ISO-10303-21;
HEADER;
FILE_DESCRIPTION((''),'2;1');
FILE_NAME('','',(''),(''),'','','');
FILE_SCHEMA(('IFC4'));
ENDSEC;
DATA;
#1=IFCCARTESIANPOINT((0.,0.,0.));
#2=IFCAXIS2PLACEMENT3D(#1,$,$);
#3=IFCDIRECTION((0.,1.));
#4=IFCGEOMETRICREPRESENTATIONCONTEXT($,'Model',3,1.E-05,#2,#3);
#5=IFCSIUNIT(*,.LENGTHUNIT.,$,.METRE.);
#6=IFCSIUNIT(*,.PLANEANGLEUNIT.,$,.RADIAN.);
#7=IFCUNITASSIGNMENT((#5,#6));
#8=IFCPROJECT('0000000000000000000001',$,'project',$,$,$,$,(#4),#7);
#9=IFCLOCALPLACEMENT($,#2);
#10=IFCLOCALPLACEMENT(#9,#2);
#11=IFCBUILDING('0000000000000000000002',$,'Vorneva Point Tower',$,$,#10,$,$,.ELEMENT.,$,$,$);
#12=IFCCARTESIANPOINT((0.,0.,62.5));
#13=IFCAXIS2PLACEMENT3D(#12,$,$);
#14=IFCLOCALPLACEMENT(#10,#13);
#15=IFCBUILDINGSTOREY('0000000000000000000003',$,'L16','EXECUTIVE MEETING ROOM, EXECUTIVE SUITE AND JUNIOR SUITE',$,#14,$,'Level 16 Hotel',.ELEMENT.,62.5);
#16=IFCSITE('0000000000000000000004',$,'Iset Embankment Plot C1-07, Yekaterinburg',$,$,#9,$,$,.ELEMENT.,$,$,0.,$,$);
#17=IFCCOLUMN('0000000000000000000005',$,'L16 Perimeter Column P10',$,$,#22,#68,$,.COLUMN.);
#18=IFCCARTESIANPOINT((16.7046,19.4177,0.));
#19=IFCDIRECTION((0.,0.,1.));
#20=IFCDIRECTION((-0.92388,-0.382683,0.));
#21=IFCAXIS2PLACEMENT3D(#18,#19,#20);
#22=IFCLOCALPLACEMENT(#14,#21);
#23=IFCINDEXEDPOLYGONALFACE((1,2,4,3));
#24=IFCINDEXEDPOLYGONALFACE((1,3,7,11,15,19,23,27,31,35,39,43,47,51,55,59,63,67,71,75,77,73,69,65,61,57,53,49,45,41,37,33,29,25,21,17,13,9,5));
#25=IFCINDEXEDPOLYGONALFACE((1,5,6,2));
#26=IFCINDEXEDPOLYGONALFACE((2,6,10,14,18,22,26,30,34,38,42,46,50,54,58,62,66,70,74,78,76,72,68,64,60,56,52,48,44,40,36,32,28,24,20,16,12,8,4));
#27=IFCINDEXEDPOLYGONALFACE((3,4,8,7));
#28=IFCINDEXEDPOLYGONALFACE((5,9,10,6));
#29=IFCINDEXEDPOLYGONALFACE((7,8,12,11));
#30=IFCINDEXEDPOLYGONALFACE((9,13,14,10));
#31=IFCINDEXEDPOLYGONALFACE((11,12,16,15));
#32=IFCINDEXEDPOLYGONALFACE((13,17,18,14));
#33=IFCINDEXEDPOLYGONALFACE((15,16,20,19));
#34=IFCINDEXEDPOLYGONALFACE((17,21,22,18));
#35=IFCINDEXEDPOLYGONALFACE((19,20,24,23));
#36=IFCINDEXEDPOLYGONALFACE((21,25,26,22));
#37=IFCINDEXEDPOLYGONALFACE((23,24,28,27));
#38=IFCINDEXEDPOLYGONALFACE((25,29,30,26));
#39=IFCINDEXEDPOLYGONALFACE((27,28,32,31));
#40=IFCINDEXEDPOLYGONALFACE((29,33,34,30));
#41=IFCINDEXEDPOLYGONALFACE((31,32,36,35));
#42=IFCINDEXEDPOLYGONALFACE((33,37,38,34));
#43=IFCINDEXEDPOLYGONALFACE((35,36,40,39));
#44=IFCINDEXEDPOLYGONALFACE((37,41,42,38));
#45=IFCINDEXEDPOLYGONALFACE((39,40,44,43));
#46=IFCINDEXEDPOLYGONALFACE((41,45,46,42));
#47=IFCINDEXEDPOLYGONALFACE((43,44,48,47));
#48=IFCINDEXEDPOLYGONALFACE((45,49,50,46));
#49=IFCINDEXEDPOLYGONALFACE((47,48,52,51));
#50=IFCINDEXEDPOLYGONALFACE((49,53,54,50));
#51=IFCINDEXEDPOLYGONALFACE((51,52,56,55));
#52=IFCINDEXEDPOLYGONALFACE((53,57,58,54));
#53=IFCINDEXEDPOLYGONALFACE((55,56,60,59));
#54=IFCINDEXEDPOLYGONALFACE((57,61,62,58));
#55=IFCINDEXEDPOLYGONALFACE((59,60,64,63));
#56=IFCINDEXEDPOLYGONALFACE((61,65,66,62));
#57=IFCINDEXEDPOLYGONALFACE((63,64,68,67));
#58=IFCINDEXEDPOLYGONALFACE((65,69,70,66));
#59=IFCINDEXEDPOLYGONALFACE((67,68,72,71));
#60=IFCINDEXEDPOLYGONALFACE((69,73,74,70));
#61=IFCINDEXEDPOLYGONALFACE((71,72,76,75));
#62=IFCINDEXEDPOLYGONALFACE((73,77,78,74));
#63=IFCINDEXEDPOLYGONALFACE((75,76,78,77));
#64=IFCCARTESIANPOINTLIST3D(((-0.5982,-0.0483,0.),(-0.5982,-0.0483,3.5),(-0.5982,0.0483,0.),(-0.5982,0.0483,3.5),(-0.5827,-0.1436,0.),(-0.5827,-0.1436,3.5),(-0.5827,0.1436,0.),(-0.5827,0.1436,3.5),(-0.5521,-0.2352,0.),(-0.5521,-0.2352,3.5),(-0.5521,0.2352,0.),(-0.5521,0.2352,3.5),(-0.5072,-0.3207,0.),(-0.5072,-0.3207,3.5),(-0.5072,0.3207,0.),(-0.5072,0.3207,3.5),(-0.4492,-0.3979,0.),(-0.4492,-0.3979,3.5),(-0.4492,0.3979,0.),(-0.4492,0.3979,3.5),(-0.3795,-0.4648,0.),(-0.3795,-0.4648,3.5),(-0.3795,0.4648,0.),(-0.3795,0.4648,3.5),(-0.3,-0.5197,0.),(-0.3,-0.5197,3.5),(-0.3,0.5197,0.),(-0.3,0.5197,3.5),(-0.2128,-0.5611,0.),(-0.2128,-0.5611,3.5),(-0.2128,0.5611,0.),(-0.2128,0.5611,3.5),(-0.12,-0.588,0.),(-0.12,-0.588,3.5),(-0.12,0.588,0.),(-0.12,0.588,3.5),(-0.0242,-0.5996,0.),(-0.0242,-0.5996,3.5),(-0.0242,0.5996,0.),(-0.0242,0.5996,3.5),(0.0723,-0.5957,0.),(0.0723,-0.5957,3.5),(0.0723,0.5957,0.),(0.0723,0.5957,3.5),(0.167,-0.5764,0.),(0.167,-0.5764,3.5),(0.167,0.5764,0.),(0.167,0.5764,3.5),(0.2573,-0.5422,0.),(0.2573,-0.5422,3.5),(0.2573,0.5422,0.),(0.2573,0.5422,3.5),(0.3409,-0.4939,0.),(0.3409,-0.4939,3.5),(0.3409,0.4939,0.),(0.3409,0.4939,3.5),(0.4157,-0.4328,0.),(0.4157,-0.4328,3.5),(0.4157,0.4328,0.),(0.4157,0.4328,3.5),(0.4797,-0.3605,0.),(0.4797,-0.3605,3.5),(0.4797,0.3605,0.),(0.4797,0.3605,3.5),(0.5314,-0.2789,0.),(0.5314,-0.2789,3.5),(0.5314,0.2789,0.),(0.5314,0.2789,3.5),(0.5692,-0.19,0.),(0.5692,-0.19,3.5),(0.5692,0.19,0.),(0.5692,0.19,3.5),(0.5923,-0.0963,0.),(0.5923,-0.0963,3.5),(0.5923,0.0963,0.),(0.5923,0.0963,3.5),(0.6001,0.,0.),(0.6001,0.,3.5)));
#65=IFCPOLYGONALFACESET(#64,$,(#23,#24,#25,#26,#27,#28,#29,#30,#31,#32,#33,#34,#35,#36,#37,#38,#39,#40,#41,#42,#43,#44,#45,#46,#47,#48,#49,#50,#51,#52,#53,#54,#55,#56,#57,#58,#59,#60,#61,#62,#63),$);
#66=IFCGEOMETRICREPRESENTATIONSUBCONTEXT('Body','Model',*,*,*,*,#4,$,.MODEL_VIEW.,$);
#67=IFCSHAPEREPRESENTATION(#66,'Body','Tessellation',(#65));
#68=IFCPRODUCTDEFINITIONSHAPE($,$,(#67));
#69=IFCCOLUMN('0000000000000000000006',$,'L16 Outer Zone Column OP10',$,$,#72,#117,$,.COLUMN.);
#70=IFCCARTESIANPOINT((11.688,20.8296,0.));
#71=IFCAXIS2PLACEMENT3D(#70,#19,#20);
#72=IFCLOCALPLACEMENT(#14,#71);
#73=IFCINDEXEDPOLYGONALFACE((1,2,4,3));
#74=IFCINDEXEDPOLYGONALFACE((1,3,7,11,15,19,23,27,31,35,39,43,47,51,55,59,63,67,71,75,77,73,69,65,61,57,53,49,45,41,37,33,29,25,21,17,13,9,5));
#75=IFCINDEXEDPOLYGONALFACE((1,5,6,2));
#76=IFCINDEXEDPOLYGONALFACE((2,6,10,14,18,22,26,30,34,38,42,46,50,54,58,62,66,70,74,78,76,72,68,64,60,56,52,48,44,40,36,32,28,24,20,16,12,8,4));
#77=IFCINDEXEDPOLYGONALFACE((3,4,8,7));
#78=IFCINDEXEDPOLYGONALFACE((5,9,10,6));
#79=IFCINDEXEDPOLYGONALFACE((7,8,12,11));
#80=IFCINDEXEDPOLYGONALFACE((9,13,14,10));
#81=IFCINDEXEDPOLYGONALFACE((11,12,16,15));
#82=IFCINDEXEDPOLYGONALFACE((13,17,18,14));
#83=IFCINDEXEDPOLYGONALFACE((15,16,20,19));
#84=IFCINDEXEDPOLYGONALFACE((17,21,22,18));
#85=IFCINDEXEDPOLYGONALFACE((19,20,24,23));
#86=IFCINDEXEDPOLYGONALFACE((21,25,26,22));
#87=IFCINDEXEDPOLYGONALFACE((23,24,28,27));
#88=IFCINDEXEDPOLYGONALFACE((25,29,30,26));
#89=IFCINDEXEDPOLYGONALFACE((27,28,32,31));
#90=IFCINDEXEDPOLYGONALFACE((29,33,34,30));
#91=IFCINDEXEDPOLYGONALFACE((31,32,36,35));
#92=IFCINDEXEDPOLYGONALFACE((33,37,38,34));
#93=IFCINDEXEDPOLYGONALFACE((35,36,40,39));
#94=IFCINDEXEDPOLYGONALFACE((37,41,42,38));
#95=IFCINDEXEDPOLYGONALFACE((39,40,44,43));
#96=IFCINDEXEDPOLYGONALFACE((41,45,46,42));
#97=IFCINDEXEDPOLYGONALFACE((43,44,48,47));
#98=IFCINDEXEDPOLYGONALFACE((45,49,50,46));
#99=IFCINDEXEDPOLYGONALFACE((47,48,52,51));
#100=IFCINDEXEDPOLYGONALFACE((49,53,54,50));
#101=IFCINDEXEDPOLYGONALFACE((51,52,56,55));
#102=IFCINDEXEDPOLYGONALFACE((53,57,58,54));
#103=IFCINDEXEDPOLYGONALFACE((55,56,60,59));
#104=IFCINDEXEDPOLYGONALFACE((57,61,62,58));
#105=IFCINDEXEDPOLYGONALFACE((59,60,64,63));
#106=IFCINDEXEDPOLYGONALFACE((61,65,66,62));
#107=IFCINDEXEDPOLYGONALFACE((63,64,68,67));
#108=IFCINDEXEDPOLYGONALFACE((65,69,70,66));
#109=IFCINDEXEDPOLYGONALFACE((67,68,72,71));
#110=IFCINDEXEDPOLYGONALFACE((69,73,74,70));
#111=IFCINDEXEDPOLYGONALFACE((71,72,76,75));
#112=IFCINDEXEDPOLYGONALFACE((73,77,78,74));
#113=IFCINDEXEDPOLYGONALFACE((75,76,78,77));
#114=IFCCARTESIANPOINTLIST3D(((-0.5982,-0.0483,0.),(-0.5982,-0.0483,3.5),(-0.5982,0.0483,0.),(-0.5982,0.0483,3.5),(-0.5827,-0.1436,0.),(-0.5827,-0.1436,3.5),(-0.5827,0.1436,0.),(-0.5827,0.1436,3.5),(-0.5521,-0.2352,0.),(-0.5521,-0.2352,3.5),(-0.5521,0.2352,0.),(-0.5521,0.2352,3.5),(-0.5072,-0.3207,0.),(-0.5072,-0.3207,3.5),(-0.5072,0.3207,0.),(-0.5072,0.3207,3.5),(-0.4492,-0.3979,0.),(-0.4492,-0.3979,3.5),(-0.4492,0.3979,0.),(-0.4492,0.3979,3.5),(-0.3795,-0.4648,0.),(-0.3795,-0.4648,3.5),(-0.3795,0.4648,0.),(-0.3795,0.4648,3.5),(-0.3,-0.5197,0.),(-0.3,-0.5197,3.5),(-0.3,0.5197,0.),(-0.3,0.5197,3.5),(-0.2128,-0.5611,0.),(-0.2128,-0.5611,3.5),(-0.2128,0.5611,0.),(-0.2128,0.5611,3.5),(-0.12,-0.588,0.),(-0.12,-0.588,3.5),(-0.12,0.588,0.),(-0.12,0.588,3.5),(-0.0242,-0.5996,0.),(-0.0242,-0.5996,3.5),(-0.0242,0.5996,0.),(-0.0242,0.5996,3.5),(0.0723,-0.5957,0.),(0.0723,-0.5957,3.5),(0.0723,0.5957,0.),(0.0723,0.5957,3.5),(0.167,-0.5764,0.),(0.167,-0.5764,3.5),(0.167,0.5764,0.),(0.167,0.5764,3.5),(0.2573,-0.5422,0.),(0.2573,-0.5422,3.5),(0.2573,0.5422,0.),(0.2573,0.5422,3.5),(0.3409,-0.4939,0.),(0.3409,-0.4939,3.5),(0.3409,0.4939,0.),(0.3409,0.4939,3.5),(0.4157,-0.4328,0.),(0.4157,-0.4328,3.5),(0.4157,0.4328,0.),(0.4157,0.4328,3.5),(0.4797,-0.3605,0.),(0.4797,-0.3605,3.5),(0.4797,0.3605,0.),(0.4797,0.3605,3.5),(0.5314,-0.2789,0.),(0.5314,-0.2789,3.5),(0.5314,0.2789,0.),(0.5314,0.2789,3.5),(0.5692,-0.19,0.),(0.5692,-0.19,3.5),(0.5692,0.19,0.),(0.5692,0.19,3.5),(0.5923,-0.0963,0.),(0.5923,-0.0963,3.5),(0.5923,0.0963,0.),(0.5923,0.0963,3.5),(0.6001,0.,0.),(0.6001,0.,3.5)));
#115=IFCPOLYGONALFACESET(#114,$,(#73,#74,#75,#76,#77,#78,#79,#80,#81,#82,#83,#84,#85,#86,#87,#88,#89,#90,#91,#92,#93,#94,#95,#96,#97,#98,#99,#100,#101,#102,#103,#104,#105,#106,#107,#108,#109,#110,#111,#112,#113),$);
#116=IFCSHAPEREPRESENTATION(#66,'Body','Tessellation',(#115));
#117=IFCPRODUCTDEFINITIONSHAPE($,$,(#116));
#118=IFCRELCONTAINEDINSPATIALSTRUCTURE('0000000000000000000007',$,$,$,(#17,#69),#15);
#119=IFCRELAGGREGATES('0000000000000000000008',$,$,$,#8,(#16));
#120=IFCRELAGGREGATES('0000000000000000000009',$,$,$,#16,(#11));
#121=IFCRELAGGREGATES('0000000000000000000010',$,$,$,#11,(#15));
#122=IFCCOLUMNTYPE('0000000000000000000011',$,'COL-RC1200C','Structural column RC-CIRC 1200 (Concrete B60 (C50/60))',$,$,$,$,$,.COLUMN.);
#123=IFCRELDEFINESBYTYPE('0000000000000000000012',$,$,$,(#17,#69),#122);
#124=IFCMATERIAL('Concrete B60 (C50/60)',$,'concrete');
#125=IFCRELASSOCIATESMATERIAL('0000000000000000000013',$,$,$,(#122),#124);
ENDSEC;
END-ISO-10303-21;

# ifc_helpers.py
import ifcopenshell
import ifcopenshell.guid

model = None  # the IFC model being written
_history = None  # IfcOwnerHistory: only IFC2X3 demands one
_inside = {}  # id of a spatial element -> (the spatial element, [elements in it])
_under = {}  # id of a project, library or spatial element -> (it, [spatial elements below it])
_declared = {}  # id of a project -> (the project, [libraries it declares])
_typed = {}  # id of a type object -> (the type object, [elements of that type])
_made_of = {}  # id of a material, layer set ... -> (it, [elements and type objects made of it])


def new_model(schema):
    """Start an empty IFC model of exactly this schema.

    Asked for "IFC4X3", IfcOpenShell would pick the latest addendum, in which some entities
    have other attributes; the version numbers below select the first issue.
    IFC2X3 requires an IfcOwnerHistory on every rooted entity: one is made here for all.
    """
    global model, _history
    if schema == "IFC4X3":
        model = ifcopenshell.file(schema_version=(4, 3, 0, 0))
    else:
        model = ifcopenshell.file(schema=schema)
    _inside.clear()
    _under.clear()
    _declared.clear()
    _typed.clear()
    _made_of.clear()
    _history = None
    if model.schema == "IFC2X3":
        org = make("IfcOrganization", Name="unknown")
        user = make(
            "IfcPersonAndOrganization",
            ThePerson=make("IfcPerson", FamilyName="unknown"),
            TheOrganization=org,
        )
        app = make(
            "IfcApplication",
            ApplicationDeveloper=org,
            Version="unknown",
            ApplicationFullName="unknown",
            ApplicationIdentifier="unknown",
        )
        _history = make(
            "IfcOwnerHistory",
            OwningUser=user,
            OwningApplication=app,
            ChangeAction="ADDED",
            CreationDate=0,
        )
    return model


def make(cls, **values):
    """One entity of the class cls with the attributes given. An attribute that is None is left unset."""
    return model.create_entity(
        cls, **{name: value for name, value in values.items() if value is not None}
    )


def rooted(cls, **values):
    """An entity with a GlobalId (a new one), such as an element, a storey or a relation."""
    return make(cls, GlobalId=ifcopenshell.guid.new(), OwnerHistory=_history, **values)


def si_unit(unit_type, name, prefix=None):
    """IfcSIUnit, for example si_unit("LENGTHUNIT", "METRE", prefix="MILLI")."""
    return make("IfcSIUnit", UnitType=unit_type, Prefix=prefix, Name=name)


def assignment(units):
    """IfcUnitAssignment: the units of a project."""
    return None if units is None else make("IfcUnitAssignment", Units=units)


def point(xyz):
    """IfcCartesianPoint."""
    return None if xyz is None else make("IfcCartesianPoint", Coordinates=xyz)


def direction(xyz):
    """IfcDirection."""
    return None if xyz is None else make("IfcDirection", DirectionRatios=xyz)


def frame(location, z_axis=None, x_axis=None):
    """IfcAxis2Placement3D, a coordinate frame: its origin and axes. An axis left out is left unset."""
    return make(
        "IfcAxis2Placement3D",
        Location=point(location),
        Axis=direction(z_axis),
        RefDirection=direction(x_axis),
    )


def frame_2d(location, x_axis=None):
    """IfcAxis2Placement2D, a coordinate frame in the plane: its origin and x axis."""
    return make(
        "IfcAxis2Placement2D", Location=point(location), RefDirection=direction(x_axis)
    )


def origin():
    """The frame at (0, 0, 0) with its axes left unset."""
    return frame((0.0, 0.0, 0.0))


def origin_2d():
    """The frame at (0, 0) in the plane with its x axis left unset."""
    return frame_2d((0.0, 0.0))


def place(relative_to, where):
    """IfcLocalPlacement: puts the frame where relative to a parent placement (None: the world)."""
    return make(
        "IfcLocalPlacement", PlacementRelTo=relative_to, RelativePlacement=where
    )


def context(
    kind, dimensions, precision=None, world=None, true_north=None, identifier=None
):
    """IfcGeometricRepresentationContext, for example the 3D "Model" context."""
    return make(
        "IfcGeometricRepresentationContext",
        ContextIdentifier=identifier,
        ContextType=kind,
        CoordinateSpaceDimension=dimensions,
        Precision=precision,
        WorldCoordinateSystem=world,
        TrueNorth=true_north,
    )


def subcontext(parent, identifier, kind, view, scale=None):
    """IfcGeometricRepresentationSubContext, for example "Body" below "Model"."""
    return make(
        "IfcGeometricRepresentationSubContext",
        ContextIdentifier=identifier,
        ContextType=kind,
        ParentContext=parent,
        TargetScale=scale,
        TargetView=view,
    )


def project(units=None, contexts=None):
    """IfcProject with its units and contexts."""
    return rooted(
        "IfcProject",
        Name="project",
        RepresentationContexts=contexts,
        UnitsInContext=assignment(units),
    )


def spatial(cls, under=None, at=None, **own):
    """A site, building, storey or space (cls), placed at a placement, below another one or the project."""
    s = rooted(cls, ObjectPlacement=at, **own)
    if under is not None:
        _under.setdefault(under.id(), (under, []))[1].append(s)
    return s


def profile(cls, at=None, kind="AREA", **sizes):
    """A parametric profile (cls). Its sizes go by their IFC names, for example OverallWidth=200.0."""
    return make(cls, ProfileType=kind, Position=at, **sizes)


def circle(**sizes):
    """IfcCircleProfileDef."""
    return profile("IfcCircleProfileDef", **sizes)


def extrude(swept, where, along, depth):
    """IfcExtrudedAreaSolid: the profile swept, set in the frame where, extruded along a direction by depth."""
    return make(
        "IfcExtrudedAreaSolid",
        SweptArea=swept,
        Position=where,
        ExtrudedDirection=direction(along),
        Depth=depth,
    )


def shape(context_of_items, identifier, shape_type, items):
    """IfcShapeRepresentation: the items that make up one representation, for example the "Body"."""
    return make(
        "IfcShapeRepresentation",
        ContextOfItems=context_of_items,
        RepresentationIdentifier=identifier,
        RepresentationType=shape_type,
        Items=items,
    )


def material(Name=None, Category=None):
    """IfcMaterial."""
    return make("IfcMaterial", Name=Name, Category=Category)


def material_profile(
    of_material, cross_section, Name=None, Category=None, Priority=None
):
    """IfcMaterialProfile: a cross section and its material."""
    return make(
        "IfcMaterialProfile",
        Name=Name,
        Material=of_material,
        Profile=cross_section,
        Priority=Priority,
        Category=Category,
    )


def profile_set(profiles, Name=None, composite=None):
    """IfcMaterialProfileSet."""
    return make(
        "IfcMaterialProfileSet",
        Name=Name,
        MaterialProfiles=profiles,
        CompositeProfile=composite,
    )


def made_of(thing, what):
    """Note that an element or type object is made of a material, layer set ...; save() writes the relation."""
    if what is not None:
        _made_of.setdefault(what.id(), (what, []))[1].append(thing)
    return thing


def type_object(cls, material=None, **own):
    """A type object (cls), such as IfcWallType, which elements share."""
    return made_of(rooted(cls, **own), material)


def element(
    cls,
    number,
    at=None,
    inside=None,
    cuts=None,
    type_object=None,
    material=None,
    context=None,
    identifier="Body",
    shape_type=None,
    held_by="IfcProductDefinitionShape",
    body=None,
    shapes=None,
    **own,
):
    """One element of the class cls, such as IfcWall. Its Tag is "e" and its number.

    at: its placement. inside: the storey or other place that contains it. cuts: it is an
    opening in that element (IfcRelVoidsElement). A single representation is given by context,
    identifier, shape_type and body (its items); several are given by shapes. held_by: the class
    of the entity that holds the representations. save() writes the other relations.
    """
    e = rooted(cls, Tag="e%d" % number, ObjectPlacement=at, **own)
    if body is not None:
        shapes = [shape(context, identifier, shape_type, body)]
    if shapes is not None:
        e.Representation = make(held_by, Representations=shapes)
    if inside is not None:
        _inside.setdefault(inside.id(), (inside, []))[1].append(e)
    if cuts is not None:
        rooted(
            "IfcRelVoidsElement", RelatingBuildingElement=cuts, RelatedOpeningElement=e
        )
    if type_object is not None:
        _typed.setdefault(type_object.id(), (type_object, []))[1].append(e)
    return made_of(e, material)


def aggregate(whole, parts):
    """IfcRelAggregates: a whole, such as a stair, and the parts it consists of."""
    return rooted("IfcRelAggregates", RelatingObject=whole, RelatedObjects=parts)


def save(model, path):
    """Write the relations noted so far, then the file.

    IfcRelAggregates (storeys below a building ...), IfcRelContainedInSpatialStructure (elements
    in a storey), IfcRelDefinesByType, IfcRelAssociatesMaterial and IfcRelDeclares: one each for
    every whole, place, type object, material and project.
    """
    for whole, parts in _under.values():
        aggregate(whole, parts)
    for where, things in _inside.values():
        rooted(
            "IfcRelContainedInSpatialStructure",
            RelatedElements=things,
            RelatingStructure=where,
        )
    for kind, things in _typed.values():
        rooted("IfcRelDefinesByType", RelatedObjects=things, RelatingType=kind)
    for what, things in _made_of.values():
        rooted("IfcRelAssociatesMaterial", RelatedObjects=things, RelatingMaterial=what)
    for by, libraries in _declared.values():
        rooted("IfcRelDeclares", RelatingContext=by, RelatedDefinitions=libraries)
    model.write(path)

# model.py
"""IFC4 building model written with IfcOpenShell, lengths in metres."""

from ifc_helpers import new_model, si_unit, direction, frame, origin, origin_2d, place, context, subcontext, project, spatial, circle, extrude, material, material_profile, profile_set, type_object, element, save


model = new_model("IFC4")

# Units and contexts
model_context = context("Model", 3, precision=1e-05, world=origin(), true_north=direction((0.0, 1.0)))
body_context = subcontext(model_context, "Body", "Model", "MODEL_VIEW")
ifc_project = project(units=[si_unit("LENGTHUNIT", "METRE"), si_unit("PLANEANGLEUNIT", "RADIAN")], contexts=[model_context])

# Site, building, storey
site_placement = place(None, origin())
site = spatial("IfcSite", under=ifc_project, at=site_placement, Name="Iset Embankment Plot C1-07, Yekaterinburg", CompositionType="ELEMENT", RefElevation=0.0)
building_placement = place(site_placement, origin())
building = spatial("IfcBuilding", under=site, at=building_placement, Name="Vorneva Point Tower", CompositionType="ELEMENT")
storey_placement = place(building_placement, frame((0.0, 0.0, 62.5)))
storey = spatial("IfcBuildingStorey", under=building, at=storey_placement, Name="L16", Description="EXECUTIVE MEETING ROOM, EXECUTIVE SUITE AND JUNIOR SUITE", LongName="Level 16 Hotel", CompositionType="ELEMENT", Elevation=62.5)

# Columns
ifc_material_1 = material(Name="Concrete B60 (C50/60)", Category="concrete")
ifc_material_profile_1 = material_profile(ifc_material_1, circle(Radius=0.6001, at=origin_2d()), Name="RC-CIRC 1200")
ifc_profile_set_1 = profile_set([ifc_material_profile_1], Name="Concrete B60 (C50/60)")
column_type = type_object("IfcColumnType", Name="COL-RC1200C", Description="Structural column RC-CIRC 1200 (Concrete B60 (C50/60))", PredefinedType="COLUMN", material=ifc_profile_set_1)
for number, where, z_axis, x_axis, name in (
    (1, (16.7046, 19.4177, 0.0), (0.0, 0.0, 1.0), (-0.92388, -0.382683, 0.0), "L16 Perimeter Column P10"),
    (2, (11.688, 20.8296, 0.0), (0.0, 0.0, 1.0), (-0.92388, -0.382683, 0.0), "L16 Outer Zone Column OP10"),
):
    element("IfcColumn", number, at=place(storey_placement, frame(where, z_axis=z_axis, x_axis=x_axis)), inside=storey, type_object=column_type, Name=name, PredefinedType="COLUMN", context=body_context, shape_type="SweptSolid", body=[
        extrude(circle(Radius=0.6001, at=origin_2d()), origin(), (0.0, 0.0, 1.0), 3.5),
    ])

save(model, "model.ifc")
